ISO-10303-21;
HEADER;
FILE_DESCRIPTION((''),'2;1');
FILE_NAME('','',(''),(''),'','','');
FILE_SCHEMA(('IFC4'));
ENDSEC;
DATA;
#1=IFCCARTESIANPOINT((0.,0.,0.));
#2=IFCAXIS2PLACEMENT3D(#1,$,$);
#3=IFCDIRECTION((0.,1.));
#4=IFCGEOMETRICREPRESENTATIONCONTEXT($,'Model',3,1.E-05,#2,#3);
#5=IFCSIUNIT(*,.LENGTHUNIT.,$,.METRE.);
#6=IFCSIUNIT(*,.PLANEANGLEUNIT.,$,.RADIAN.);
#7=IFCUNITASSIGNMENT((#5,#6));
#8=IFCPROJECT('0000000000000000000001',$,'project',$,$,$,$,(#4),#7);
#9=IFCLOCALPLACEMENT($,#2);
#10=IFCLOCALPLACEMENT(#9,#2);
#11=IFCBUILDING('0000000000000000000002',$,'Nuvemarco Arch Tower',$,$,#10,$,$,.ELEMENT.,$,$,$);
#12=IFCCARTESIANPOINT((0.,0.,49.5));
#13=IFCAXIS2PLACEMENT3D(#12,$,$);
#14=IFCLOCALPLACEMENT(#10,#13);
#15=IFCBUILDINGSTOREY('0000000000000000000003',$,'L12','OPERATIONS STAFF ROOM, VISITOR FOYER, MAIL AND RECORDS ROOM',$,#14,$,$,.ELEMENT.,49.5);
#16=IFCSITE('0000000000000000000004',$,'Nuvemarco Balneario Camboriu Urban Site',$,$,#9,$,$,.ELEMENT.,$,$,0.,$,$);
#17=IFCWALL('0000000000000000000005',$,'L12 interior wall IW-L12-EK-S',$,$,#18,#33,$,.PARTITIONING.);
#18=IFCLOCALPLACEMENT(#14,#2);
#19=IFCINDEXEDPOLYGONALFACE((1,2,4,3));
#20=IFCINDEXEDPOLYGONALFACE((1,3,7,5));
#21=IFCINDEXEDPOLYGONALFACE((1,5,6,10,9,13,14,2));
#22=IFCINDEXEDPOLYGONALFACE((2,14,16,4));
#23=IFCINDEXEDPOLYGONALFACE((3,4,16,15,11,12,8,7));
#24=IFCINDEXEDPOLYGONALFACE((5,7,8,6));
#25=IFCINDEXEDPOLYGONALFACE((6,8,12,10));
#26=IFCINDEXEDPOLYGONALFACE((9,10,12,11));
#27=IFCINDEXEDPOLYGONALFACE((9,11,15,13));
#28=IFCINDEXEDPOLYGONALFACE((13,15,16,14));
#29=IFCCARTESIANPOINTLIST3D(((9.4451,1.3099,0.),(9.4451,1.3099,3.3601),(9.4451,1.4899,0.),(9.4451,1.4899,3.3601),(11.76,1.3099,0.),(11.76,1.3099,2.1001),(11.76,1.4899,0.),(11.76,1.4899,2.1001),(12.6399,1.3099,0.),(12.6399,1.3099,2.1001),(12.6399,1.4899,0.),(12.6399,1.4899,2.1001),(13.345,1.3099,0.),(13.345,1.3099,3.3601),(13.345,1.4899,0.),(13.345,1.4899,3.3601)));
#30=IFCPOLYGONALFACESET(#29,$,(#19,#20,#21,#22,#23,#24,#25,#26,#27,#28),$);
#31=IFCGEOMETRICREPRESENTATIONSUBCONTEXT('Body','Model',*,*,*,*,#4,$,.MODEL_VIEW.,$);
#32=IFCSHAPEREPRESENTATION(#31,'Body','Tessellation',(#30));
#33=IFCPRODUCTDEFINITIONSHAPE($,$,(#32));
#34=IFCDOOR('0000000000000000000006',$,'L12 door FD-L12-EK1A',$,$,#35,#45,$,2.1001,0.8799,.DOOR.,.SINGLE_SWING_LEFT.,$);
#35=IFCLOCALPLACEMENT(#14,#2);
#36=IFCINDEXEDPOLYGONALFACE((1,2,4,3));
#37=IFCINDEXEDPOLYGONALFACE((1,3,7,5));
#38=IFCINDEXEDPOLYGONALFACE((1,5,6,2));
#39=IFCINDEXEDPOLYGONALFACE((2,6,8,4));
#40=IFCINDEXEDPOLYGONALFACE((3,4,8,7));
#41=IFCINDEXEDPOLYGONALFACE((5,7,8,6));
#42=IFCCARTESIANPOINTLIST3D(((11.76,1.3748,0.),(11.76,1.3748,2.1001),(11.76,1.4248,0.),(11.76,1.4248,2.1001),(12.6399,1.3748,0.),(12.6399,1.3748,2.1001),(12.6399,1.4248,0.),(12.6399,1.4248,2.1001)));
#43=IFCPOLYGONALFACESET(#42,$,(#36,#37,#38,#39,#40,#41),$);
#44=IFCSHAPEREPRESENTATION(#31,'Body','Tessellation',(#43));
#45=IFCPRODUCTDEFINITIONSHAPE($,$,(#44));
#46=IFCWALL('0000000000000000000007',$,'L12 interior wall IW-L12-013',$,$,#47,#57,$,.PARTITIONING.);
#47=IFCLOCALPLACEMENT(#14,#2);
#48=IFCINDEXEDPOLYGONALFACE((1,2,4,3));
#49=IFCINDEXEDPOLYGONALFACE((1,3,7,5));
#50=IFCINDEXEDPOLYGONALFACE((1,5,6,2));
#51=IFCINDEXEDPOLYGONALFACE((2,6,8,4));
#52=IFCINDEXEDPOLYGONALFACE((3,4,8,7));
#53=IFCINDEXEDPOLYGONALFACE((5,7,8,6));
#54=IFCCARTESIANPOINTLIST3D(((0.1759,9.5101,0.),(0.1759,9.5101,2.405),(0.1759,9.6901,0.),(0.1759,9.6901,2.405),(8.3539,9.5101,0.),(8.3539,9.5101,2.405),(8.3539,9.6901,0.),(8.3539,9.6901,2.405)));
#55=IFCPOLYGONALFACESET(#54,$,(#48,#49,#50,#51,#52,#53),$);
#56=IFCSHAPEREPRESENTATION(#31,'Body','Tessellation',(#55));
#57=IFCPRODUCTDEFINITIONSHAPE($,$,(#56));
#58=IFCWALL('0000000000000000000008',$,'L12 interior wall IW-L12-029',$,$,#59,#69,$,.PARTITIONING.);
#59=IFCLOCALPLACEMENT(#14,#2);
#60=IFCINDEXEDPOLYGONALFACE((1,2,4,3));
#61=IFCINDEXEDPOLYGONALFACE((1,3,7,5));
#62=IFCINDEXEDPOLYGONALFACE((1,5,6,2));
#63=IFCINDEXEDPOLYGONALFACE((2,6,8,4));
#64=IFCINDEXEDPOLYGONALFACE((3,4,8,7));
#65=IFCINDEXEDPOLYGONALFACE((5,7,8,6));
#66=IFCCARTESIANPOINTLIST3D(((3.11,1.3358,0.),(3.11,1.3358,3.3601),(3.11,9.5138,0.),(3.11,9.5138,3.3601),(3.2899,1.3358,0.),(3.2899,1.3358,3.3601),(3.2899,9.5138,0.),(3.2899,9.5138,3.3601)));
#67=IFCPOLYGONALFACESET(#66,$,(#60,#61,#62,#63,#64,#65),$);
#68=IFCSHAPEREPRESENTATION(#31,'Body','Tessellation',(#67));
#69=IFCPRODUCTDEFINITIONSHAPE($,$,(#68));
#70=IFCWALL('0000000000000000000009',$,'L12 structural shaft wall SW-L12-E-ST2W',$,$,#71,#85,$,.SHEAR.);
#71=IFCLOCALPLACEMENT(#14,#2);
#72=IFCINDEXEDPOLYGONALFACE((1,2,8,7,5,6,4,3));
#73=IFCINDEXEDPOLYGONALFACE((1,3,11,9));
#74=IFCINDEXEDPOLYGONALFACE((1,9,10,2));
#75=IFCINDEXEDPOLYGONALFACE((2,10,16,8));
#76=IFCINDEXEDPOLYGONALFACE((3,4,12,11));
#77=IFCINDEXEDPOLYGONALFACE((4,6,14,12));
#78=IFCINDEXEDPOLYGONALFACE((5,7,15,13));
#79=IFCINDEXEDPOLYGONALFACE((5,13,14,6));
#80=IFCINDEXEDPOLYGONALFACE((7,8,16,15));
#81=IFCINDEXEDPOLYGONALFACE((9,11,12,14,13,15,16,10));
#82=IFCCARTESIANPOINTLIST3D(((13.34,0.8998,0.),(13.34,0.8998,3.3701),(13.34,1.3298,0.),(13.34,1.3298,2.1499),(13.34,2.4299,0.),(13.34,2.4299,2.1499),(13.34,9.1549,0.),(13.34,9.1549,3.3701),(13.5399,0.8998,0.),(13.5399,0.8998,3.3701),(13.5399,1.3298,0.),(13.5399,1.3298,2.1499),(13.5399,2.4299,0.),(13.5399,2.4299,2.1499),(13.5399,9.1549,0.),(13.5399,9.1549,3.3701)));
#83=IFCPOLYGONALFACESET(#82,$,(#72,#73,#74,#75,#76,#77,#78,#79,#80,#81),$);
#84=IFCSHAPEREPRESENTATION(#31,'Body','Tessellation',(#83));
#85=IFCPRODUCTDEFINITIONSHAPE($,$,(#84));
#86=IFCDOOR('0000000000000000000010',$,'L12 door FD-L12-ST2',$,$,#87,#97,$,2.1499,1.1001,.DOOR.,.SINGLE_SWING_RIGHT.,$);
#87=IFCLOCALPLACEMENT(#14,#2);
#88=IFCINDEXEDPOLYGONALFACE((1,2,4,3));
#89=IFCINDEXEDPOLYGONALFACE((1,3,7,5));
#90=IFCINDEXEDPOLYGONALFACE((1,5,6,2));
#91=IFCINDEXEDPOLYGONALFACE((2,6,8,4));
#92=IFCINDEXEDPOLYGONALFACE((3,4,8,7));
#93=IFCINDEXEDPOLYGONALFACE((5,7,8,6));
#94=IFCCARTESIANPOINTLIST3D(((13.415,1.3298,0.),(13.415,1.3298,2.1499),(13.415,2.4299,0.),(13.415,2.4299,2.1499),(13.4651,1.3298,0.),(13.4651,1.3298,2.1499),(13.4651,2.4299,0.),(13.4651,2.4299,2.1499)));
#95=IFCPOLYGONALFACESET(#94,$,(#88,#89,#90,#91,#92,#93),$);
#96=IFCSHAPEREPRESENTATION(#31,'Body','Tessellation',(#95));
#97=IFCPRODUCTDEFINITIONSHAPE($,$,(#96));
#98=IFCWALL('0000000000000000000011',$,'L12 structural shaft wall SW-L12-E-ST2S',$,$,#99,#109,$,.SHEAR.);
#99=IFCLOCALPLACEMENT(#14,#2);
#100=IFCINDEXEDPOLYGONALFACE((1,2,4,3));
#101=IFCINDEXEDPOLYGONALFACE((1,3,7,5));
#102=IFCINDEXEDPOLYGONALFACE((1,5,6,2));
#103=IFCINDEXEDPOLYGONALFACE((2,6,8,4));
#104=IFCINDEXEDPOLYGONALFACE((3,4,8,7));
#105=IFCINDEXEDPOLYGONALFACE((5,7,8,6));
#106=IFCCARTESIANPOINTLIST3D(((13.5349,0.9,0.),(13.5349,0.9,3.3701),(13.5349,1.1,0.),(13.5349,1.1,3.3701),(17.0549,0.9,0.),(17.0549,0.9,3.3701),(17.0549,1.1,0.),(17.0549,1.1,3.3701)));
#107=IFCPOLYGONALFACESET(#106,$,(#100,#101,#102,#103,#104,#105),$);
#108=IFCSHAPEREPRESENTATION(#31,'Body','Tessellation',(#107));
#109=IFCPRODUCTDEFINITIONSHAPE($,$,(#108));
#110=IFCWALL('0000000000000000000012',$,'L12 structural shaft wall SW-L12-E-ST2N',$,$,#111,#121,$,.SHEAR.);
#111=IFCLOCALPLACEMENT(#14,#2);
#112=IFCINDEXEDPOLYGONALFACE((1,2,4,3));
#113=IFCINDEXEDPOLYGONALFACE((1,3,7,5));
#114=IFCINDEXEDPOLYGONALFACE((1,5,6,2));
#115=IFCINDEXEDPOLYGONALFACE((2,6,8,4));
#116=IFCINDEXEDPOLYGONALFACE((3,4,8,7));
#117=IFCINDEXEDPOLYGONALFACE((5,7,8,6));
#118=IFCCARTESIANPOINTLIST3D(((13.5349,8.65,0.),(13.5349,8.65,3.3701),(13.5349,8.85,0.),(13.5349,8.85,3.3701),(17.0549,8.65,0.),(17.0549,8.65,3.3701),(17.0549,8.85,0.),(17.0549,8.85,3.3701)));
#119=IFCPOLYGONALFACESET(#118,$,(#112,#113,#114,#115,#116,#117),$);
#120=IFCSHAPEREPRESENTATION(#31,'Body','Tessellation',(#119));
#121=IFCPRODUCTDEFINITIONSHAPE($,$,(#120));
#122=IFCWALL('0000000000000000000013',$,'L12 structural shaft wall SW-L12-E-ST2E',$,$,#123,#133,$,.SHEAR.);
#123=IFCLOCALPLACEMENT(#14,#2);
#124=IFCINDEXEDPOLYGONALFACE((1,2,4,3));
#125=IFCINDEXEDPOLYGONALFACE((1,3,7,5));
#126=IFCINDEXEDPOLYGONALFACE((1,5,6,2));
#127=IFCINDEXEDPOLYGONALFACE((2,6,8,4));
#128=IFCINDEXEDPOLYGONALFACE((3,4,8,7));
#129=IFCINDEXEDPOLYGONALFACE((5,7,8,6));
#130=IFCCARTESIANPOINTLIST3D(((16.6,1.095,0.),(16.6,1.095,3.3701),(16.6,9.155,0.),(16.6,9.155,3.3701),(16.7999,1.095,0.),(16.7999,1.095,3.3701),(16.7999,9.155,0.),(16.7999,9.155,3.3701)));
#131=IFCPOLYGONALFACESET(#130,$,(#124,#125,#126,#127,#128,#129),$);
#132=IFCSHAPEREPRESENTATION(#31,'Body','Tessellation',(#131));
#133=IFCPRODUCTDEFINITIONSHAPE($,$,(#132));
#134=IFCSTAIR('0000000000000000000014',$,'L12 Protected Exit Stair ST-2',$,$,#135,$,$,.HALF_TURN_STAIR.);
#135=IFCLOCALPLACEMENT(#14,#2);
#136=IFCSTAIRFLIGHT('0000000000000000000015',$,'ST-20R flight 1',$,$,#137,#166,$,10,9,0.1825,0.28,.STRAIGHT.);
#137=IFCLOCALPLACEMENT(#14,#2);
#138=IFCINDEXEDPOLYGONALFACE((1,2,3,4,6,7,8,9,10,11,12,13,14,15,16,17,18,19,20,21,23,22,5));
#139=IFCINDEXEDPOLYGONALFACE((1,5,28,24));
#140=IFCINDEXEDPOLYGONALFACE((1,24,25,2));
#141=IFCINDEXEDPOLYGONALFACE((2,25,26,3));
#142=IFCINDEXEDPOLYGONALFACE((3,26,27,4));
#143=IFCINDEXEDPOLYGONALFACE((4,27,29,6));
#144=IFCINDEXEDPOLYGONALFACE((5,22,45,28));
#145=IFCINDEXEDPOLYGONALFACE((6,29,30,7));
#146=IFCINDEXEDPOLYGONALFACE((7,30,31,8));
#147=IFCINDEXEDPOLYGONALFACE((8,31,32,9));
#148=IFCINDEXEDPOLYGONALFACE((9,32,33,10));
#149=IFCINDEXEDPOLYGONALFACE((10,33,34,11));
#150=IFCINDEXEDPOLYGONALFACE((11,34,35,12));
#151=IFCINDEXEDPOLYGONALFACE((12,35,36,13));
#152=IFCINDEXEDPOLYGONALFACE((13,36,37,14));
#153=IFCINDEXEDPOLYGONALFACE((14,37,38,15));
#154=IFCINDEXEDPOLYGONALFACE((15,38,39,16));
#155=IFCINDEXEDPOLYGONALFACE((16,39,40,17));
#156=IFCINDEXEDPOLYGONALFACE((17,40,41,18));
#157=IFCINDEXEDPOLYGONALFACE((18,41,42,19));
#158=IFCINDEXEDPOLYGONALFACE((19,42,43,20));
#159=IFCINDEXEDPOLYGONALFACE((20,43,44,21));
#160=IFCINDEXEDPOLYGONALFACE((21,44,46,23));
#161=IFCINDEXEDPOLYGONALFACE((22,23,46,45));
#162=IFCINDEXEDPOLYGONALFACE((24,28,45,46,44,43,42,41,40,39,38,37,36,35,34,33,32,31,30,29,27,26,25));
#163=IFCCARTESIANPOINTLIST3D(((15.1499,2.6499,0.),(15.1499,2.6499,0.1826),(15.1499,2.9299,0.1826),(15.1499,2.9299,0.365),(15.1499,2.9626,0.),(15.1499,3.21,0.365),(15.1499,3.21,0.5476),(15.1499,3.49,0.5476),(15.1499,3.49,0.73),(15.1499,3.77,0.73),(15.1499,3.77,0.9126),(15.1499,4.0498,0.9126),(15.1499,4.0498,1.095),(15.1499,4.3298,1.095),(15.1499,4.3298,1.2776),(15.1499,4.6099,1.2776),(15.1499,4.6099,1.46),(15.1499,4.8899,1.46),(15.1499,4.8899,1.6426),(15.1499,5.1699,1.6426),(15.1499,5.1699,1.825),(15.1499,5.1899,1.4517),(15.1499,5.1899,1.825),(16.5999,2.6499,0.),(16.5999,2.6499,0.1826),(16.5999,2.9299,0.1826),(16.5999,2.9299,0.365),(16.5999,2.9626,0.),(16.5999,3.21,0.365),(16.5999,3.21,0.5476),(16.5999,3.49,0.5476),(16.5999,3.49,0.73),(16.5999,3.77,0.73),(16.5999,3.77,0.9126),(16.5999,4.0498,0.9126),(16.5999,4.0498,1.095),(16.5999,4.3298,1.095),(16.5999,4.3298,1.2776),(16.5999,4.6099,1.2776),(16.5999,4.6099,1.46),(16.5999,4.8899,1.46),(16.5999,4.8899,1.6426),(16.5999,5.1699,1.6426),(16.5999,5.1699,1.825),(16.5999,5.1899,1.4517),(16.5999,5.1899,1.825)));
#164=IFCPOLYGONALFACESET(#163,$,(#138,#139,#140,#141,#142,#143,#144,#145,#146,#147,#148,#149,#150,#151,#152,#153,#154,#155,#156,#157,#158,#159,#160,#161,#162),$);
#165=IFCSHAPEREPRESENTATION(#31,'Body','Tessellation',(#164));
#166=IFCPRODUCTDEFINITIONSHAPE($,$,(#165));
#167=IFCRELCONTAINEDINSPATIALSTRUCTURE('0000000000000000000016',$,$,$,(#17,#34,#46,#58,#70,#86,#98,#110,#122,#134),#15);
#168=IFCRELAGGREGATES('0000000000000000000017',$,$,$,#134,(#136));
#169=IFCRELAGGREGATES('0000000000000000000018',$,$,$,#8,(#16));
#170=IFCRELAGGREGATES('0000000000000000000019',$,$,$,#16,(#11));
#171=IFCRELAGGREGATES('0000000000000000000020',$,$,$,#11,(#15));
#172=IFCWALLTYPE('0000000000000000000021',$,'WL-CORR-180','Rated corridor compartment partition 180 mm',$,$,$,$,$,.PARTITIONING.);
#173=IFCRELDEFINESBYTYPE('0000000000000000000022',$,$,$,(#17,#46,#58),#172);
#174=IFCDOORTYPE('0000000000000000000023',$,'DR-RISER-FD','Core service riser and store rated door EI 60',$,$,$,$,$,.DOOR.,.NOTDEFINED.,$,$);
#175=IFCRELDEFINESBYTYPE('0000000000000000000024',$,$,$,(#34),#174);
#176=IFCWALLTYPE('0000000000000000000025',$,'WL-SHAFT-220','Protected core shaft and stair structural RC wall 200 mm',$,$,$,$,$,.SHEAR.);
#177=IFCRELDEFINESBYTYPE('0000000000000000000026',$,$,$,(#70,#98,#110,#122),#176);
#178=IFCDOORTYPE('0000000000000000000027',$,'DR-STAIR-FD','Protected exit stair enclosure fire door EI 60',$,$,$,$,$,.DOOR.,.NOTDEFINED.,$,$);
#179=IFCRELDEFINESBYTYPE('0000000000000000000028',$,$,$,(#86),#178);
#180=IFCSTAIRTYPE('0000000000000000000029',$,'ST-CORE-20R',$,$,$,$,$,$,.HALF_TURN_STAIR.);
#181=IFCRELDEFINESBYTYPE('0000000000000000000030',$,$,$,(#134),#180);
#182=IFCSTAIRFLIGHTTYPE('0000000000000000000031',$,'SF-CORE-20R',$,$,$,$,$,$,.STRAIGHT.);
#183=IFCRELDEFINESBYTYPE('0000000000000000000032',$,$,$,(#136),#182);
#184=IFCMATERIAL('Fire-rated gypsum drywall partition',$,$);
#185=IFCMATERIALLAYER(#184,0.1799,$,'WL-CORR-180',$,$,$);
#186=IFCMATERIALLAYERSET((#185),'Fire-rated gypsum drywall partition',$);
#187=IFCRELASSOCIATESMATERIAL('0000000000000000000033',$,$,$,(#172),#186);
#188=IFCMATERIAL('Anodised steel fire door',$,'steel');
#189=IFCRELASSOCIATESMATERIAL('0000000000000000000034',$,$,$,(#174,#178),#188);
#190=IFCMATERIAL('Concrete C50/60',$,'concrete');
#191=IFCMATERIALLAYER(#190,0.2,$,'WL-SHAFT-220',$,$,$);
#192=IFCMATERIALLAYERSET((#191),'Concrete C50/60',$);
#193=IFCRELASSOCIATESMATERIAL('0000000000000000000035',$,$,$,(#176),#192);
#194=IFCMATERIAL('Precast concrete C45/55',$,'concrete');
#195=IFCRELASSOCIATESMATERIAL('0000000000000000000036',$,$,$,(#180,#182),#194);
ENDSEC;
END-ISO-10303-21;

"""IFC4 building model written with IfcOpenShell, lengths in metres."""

from ifc_helpers import new_model, si_unit, direction, frame, frame_2d, origin, place, context, subcontext, project, spatial, polyline, rectangle, outline, extrude, source, transform, mapped, material, layer, layer_set, type_object, type_shapes, element, fill, aggregate, save


model = new_model("IFC4")

# Units and contexts
model_context = context("Model", 3, precision=1e-05, world=origin(), true_north=direction((0.0, 1.0)))
body_context = subcontext(model_context, "Body", "Model", "MODEL_VIEW")
ifc_project = project(units=[si_unit("LENGTHUNIT", "METRE"), si_unit("PLANEANGLEUNIT", "RADIAN")], contexts=[model_context])

# Site, building, storey
site_placement = place(None, origin())
site = spatial("IfcSite", under=ifc_project, at=site_placement, Name="Nuvemarco Balneario Camboriu Urban Site", CompositionType="ELEMENT", RefElevation=0.0)
building_placement = place(site_placement, origin())
building = spatial("IfcBuilding", under=site, at=building_placement, Name="Nuvemarco Arch Tower", CompositionType="ELEMENT")
storey_placement = place(building_placement, frame((0.0, 0.0, 49.5)))
storey = spatial("IfcBuildingStorey", under=building, at=storey_placement, Name="L12", Description="OPERATIONS STAFF ROOM, VISITOR FOYER, MAIL AND RECORDS ROOM", CompositionType="ELEMENT", Elevation=49.5)

# Shared definitions
ifc_material_1 = material(Name="Precast concrete C45/55", Category="concrete")

# Wall, opening, door
ifc_material_2 = material(Name="Fire-rated gypsum drywall partition")
ifc_layer_1 = layer(ifc_material_2, 0.1799, Name="WL-CORR-180")
ifc_layer_set_1 = layer_set([ifc_layer_1], Name="Fire-rated gypsum drywall partition")
wall_type_1 = type_object("IfcWallType", Name="WL-CORR-180", Description="Rated corridor compartment partition 180 mm", PredefinedType="PARTITIONING", material=ifc_layer_set_1)
wall_1_placement = place(storey_placement, frame((9.4451, 1.3999, 0.0), z_axis=(0.0, 0.0, 1.0), x_axis=(1.0, 0.0, 0.0)))
wall_1 = element("IfcWall", 1, at=wall_1_placement, inside=storey, type_object=wall_type_1, Name="L12 interior wall IW-L12-EK-S", PredefinedType="PARTITIONING", context=body_context, shape_type="SweptSolid", body=[
    extrude(rectangle(XDim=3.8999, YDim=0.1799, at=frame_2d((1.95, 0.0))), origin(), (0.0, 0.0, 1.0), 3.3601),
])
opening_1_placement = place(wall_1_placement, frame((2.3149, 0.0, 0.0)))
opening_1 = element("IfcOpeningElement", 2, at=opening_1_placement, cuts=wall_1, PredefinedType="OPENING", context=body_context, shape_type="SweptSolid", body=[
    extrude(rectangle(XDim=0.8799, YDim=2.1001, at=frame_2d((0.4399, 1.05))), frame((0.0, 0.0999, 0.0), z_axis=(0.0, -1.0, 0.0), x_axis=(1.0, 0.0, 0.0)), (0.0, 0.0, 1.0), 0.2),
])
ifc_material_3 = material(Name="Anodised steel fire door", Category="steel")
door_type_1 = type_object("IfcDoorType", Name="DR-RISER-FD", Description="Core service riser and store rated door EI 60", OperationType="NOTDEFINED", PredefinedType="DOOR", material=ifc_material_3)
shared_shape_1 = source(origin(), body_context, "Body", "SweptSolid", [
    extrude(rectangle(XDim=0.8799, YDim=2.1001, at=frame_2d((0.4399, 1.05))), frame((0.0, 0.0249, 0.0), z_axis=(0.0, -1.0, 0.0), x_axis=(1.0, 0.0, 0.0)), (0.0, 0.0, 1.0), 0.05),
])
type_shapes(door_type_1, [shared_shape_1])
door_1_placement = place(opening_1_placement, origin())
door_1 = element("IfcDoor", 3, at=door_1_placement, inside=storey, type_object=door_type_1, Name="L12 door FD-L12-EK1A", OperationType="SINGLE_SWING_LEFT", OverallHeight=2.1001, OverallWidth=0.8799, PredefinedType="DOOR", context=body_context, shape_type="MappedRepresentation", body=[
    mapped(shared_shape_1, transform((0.0, 0.0, 0.0), scale=1.0)),
])
fill(opening_1, door_1)

# Walls
wall_2_placement = place(storey_placement, frame((0.176, 9.6001, 0.0), z_axis=(0.0, 0.0, 1.0), x_axis=(1.0, 0.0, 0.0)))
element("IfcWall", 4, at=wall_2_placement, inside=storey, type_object=wall_type_1, Name="L12 interior wall IW-L12-013", PredefinedType="PARTITIONING", context=body_context, shape_type="SweptSolid", body=[
    extrude(rectangle(XDim=8.178, YDim=0.1799, at=frame_2d((4.0889, 0.0))), origin(), (0.0, 0.0, 1.0), 2.405),
])
wall_3_placement = place(storey_placement, frame((3.2, 1.3359, 0.0), z_axis=(0.0, 0.0, 1.0), x_axis=(0.0, 1.0, 0.0)))
element("IfcWall", 5, at=wall_3_placement, inside=storey, type_object=wall_type_1, Name="L12 interior wall IW-L12-029", PredefinedType="PARTITIONING", context=body_context, shape_type="SweptSolid", body=[
    extrude(rectangle(XDim=8.178, YDim=0.1799, at=frame_2d((4.0889, 0.0))), origin(), (0.0, 0.0, 1.0), 3.3601),
])

# Wall, opening, door
ifc_material_4 = material(Name="Concrete C50/60", Category="concrete")
ifc_layer_2 = layer(ifc_material_4, 0.2, Name="WL-SHAFT-220")
ifc_layer_set_2 = layer_set([ifc_layer_2], Name="Concrete C50/60")
wall_type_2 = type_object("IfcWallType", Name="WL-SHAFT-220", Description="Protected core shaft and stair structural RC wall 200 mm", PredefinedType="SHEAR", material=ifc_layer_set_2)
wall_4_placement = place(storey_placement, frame((13.4399, 0.8999, 0.0), z_axis=(0.0, 0.0, 1.0), x_axis=(0.0, 1.0, 0.0)))
wall_4 = element("IfcWall", 6, at=wall_4_placement, inside=storey, type_object=wall_type_2, Name="L12 structural shaft wall SW-L12-E-ST2W", PredefinedType="SHEAR", context=body_context, shape_type="SweptSolid", body=[
    extrude(rectangle(XDim=8.2551, YDim=0.2, at=frame_2d((4.1274, 0.0))), origin(), (0.0, 0.0, 1.0), 3.3701),
])
opening_2_placement = place(wall_4_placement, frame((0.4299, 0.0, 0.0)))
opening_2 = element("IfcOpeningElement", 7, at=opening_2_placement, cuts=wall_4, PredefinedType="OPENING", context=body_context, shape_type="SweptSolid", body=[
    extrude(rectangle(XDim=1.1001, YDim=2.1499, at=frame_2d((0.55, 1.075))), frame((0.0, 0.1099, 0.0), z_axis=(0.0, -1.0, 0.0), x_axis=(1.0, 0.0, 0.0)), (0.0, 0.0, 1.0), 0.22),
])
door_type_2 = type_object("IfcDoorType", Name="DR-STAIR-FD", Description="Protected exit stair enclosure fire door EI 60", OperationType="NOTDEFINED", PredefinedType="DOOR", material=ifc_material_3)
shared_shape_2 = source(origin(), body_context, "Body", "SweptSolid", [
    extrude(rectangle(XDim=1.1001, YDim=2.1499, at=frame_2d((0.55, 1.075))), frame((0.0, 0.0249, 0.0), z_axis=(0.0, -1.0, 0.0), x_axis=(1.0, 0.0, 0.0)), (0.0, 0.0, 1.0), 0.05),
])
type_shapes(door_type_2, [shared_shape_2])
door_2_placement = place(opening_2_placement, origin())
door_2 = element("IfcDoor", 8, at=door_2_placement, inside=storey, type_object=door_type_2, Name="L12 door FD-L12-ST2", OperationType="SINGLE_SWING_RIGHT", OverallHeight=2.1499, OverallWidth=1.1001, PredefinedType="DOOR", context=body_context, shape_type="MappedRepresentation", body=[
    mapped(shared_shape_2, transform((0.0, 0.0, 0.0), scale=1.0)),
])
fill(opening_2, door_2)

# Walls
for number, where, z_axis, x_axis, name in (
    (9, (13.5349, 1.0, 0.0), (0.0, 0.0, 1.0), (1.0, 0.0, 0.0), "L12 structural shaft wall SW-L12-E-ST2S"),
    (10, (13.5349, 8.75, 0.0), (0.0, 0.0, 1.0), (1.0, 0.0, 0.0), "L12 structural shaft wall SW-L12-E-ST2N"),
):
    element("IfcWall", number, at=place(storey_placement, frame(where, z_axis=z_axis, x_axis=x_axis)), inside=storey, type_object=wall_type_2, Name=name, PredefinedType="SHEAR", context=body_context, shape_type="SweptSolid", body=[
        extrude(rectangle(XDim=3.52, YDim=0.2, at=frame_2d((1.76, 0.0))), origin(), (0.0, 0.0, 1.0), 3.3701),
    ])
wall_5_placement = place(storey_placement, frame((16.7, 1.095, 0.0), z_axis=(0.0, 0.0, 1.0), x_axis=(0.0, 1.0, 0.0)))
element("IfcWall", 11, at=wall_5_placement, inside=storey, type_object=wall_type_2, Name="L12 structural shaft wall SW-L12-E-ST2E", PredefinedType="SHEAR", context=body_context, shape_type="SweptSolid", body=[
    extrude(rectangle(XDim=8.0601, YDim=0.2, at=frame_2d((4.03, 0.0))), origin(), (0.0, 0.0, 1.0), 3.3701),
])

# Stair, stair flight
stair_type = type_object("IfcStairType", Name="ST-CORE-20R", PredefinedType="HALF_TURN_STAIR", material=ifc_material_1)
stair_placement = place(storey_placement, origin())
stair = element("IfcStair", 12, at=stair_placement, inside=storey, type_object=stair_type, Name="L12 Protected Exit Stair ST-2", PredefinedType="HALF_TURN_STAIR")
stair_flight_type = type_object("IfcStairFlightType", Name="SF-CORE-20R", PredefinedType="STRAIGHT", material=ifc_material_1)
stair_flight_1_placement = place(storey_placement, frame((15.875, 2.6499, 0.0), z_axis=(0.0, 0.0, 1.0), x_axis=(0.0, 1.0, 0.0)))
stair_flight_1 = element("IfcStairFlight", 13, at=stair_flight_1_placement, type_object=stair_flight_type, Name="ST-20R flight 1", NumberOfRisers=10, NumberOfTreads=9, PredefinedType="STRAIGHT", RiserHeight=0.1825, TreadLength=0.28, context=body_context, shape_type="SweptSolid", body=[
    extrude(outline(polyline([(0.0, 0.0), (0.0, 0.1826), (0.28, 0.1826), (0.28, 0.365), (0.5601, 0.365), (0.5601, 0.5476), (0.8401, 0.5476), (0.8401, 0.73), (1.1201, 0.73), (1.1201, 0.9126), (1.3999, 0.9126), (1.3999, 1.095), (1.6799, 1.095), (1.6799, 1.2776), (1.96, 1.2776), (1.96, 1.46), (2.24, 1.46), (2.24, 1.6426), (2.52, 1.6426), (2.52, 1.825), (2.54, 1.825), (2.54, 1.4517), (0.3127, 0.0), (0.0, 0.0)])), frame((0.0, 0.7251, 0.0), z_axis=(0.0, -1.0, 0.0), x_axis=(1.0, 0.0, 0.0)), (0.0, 0.0, 1.0), 1.45),
])
aggregate(stair, [stair_flight_1])

save(model, "model.ifc")
